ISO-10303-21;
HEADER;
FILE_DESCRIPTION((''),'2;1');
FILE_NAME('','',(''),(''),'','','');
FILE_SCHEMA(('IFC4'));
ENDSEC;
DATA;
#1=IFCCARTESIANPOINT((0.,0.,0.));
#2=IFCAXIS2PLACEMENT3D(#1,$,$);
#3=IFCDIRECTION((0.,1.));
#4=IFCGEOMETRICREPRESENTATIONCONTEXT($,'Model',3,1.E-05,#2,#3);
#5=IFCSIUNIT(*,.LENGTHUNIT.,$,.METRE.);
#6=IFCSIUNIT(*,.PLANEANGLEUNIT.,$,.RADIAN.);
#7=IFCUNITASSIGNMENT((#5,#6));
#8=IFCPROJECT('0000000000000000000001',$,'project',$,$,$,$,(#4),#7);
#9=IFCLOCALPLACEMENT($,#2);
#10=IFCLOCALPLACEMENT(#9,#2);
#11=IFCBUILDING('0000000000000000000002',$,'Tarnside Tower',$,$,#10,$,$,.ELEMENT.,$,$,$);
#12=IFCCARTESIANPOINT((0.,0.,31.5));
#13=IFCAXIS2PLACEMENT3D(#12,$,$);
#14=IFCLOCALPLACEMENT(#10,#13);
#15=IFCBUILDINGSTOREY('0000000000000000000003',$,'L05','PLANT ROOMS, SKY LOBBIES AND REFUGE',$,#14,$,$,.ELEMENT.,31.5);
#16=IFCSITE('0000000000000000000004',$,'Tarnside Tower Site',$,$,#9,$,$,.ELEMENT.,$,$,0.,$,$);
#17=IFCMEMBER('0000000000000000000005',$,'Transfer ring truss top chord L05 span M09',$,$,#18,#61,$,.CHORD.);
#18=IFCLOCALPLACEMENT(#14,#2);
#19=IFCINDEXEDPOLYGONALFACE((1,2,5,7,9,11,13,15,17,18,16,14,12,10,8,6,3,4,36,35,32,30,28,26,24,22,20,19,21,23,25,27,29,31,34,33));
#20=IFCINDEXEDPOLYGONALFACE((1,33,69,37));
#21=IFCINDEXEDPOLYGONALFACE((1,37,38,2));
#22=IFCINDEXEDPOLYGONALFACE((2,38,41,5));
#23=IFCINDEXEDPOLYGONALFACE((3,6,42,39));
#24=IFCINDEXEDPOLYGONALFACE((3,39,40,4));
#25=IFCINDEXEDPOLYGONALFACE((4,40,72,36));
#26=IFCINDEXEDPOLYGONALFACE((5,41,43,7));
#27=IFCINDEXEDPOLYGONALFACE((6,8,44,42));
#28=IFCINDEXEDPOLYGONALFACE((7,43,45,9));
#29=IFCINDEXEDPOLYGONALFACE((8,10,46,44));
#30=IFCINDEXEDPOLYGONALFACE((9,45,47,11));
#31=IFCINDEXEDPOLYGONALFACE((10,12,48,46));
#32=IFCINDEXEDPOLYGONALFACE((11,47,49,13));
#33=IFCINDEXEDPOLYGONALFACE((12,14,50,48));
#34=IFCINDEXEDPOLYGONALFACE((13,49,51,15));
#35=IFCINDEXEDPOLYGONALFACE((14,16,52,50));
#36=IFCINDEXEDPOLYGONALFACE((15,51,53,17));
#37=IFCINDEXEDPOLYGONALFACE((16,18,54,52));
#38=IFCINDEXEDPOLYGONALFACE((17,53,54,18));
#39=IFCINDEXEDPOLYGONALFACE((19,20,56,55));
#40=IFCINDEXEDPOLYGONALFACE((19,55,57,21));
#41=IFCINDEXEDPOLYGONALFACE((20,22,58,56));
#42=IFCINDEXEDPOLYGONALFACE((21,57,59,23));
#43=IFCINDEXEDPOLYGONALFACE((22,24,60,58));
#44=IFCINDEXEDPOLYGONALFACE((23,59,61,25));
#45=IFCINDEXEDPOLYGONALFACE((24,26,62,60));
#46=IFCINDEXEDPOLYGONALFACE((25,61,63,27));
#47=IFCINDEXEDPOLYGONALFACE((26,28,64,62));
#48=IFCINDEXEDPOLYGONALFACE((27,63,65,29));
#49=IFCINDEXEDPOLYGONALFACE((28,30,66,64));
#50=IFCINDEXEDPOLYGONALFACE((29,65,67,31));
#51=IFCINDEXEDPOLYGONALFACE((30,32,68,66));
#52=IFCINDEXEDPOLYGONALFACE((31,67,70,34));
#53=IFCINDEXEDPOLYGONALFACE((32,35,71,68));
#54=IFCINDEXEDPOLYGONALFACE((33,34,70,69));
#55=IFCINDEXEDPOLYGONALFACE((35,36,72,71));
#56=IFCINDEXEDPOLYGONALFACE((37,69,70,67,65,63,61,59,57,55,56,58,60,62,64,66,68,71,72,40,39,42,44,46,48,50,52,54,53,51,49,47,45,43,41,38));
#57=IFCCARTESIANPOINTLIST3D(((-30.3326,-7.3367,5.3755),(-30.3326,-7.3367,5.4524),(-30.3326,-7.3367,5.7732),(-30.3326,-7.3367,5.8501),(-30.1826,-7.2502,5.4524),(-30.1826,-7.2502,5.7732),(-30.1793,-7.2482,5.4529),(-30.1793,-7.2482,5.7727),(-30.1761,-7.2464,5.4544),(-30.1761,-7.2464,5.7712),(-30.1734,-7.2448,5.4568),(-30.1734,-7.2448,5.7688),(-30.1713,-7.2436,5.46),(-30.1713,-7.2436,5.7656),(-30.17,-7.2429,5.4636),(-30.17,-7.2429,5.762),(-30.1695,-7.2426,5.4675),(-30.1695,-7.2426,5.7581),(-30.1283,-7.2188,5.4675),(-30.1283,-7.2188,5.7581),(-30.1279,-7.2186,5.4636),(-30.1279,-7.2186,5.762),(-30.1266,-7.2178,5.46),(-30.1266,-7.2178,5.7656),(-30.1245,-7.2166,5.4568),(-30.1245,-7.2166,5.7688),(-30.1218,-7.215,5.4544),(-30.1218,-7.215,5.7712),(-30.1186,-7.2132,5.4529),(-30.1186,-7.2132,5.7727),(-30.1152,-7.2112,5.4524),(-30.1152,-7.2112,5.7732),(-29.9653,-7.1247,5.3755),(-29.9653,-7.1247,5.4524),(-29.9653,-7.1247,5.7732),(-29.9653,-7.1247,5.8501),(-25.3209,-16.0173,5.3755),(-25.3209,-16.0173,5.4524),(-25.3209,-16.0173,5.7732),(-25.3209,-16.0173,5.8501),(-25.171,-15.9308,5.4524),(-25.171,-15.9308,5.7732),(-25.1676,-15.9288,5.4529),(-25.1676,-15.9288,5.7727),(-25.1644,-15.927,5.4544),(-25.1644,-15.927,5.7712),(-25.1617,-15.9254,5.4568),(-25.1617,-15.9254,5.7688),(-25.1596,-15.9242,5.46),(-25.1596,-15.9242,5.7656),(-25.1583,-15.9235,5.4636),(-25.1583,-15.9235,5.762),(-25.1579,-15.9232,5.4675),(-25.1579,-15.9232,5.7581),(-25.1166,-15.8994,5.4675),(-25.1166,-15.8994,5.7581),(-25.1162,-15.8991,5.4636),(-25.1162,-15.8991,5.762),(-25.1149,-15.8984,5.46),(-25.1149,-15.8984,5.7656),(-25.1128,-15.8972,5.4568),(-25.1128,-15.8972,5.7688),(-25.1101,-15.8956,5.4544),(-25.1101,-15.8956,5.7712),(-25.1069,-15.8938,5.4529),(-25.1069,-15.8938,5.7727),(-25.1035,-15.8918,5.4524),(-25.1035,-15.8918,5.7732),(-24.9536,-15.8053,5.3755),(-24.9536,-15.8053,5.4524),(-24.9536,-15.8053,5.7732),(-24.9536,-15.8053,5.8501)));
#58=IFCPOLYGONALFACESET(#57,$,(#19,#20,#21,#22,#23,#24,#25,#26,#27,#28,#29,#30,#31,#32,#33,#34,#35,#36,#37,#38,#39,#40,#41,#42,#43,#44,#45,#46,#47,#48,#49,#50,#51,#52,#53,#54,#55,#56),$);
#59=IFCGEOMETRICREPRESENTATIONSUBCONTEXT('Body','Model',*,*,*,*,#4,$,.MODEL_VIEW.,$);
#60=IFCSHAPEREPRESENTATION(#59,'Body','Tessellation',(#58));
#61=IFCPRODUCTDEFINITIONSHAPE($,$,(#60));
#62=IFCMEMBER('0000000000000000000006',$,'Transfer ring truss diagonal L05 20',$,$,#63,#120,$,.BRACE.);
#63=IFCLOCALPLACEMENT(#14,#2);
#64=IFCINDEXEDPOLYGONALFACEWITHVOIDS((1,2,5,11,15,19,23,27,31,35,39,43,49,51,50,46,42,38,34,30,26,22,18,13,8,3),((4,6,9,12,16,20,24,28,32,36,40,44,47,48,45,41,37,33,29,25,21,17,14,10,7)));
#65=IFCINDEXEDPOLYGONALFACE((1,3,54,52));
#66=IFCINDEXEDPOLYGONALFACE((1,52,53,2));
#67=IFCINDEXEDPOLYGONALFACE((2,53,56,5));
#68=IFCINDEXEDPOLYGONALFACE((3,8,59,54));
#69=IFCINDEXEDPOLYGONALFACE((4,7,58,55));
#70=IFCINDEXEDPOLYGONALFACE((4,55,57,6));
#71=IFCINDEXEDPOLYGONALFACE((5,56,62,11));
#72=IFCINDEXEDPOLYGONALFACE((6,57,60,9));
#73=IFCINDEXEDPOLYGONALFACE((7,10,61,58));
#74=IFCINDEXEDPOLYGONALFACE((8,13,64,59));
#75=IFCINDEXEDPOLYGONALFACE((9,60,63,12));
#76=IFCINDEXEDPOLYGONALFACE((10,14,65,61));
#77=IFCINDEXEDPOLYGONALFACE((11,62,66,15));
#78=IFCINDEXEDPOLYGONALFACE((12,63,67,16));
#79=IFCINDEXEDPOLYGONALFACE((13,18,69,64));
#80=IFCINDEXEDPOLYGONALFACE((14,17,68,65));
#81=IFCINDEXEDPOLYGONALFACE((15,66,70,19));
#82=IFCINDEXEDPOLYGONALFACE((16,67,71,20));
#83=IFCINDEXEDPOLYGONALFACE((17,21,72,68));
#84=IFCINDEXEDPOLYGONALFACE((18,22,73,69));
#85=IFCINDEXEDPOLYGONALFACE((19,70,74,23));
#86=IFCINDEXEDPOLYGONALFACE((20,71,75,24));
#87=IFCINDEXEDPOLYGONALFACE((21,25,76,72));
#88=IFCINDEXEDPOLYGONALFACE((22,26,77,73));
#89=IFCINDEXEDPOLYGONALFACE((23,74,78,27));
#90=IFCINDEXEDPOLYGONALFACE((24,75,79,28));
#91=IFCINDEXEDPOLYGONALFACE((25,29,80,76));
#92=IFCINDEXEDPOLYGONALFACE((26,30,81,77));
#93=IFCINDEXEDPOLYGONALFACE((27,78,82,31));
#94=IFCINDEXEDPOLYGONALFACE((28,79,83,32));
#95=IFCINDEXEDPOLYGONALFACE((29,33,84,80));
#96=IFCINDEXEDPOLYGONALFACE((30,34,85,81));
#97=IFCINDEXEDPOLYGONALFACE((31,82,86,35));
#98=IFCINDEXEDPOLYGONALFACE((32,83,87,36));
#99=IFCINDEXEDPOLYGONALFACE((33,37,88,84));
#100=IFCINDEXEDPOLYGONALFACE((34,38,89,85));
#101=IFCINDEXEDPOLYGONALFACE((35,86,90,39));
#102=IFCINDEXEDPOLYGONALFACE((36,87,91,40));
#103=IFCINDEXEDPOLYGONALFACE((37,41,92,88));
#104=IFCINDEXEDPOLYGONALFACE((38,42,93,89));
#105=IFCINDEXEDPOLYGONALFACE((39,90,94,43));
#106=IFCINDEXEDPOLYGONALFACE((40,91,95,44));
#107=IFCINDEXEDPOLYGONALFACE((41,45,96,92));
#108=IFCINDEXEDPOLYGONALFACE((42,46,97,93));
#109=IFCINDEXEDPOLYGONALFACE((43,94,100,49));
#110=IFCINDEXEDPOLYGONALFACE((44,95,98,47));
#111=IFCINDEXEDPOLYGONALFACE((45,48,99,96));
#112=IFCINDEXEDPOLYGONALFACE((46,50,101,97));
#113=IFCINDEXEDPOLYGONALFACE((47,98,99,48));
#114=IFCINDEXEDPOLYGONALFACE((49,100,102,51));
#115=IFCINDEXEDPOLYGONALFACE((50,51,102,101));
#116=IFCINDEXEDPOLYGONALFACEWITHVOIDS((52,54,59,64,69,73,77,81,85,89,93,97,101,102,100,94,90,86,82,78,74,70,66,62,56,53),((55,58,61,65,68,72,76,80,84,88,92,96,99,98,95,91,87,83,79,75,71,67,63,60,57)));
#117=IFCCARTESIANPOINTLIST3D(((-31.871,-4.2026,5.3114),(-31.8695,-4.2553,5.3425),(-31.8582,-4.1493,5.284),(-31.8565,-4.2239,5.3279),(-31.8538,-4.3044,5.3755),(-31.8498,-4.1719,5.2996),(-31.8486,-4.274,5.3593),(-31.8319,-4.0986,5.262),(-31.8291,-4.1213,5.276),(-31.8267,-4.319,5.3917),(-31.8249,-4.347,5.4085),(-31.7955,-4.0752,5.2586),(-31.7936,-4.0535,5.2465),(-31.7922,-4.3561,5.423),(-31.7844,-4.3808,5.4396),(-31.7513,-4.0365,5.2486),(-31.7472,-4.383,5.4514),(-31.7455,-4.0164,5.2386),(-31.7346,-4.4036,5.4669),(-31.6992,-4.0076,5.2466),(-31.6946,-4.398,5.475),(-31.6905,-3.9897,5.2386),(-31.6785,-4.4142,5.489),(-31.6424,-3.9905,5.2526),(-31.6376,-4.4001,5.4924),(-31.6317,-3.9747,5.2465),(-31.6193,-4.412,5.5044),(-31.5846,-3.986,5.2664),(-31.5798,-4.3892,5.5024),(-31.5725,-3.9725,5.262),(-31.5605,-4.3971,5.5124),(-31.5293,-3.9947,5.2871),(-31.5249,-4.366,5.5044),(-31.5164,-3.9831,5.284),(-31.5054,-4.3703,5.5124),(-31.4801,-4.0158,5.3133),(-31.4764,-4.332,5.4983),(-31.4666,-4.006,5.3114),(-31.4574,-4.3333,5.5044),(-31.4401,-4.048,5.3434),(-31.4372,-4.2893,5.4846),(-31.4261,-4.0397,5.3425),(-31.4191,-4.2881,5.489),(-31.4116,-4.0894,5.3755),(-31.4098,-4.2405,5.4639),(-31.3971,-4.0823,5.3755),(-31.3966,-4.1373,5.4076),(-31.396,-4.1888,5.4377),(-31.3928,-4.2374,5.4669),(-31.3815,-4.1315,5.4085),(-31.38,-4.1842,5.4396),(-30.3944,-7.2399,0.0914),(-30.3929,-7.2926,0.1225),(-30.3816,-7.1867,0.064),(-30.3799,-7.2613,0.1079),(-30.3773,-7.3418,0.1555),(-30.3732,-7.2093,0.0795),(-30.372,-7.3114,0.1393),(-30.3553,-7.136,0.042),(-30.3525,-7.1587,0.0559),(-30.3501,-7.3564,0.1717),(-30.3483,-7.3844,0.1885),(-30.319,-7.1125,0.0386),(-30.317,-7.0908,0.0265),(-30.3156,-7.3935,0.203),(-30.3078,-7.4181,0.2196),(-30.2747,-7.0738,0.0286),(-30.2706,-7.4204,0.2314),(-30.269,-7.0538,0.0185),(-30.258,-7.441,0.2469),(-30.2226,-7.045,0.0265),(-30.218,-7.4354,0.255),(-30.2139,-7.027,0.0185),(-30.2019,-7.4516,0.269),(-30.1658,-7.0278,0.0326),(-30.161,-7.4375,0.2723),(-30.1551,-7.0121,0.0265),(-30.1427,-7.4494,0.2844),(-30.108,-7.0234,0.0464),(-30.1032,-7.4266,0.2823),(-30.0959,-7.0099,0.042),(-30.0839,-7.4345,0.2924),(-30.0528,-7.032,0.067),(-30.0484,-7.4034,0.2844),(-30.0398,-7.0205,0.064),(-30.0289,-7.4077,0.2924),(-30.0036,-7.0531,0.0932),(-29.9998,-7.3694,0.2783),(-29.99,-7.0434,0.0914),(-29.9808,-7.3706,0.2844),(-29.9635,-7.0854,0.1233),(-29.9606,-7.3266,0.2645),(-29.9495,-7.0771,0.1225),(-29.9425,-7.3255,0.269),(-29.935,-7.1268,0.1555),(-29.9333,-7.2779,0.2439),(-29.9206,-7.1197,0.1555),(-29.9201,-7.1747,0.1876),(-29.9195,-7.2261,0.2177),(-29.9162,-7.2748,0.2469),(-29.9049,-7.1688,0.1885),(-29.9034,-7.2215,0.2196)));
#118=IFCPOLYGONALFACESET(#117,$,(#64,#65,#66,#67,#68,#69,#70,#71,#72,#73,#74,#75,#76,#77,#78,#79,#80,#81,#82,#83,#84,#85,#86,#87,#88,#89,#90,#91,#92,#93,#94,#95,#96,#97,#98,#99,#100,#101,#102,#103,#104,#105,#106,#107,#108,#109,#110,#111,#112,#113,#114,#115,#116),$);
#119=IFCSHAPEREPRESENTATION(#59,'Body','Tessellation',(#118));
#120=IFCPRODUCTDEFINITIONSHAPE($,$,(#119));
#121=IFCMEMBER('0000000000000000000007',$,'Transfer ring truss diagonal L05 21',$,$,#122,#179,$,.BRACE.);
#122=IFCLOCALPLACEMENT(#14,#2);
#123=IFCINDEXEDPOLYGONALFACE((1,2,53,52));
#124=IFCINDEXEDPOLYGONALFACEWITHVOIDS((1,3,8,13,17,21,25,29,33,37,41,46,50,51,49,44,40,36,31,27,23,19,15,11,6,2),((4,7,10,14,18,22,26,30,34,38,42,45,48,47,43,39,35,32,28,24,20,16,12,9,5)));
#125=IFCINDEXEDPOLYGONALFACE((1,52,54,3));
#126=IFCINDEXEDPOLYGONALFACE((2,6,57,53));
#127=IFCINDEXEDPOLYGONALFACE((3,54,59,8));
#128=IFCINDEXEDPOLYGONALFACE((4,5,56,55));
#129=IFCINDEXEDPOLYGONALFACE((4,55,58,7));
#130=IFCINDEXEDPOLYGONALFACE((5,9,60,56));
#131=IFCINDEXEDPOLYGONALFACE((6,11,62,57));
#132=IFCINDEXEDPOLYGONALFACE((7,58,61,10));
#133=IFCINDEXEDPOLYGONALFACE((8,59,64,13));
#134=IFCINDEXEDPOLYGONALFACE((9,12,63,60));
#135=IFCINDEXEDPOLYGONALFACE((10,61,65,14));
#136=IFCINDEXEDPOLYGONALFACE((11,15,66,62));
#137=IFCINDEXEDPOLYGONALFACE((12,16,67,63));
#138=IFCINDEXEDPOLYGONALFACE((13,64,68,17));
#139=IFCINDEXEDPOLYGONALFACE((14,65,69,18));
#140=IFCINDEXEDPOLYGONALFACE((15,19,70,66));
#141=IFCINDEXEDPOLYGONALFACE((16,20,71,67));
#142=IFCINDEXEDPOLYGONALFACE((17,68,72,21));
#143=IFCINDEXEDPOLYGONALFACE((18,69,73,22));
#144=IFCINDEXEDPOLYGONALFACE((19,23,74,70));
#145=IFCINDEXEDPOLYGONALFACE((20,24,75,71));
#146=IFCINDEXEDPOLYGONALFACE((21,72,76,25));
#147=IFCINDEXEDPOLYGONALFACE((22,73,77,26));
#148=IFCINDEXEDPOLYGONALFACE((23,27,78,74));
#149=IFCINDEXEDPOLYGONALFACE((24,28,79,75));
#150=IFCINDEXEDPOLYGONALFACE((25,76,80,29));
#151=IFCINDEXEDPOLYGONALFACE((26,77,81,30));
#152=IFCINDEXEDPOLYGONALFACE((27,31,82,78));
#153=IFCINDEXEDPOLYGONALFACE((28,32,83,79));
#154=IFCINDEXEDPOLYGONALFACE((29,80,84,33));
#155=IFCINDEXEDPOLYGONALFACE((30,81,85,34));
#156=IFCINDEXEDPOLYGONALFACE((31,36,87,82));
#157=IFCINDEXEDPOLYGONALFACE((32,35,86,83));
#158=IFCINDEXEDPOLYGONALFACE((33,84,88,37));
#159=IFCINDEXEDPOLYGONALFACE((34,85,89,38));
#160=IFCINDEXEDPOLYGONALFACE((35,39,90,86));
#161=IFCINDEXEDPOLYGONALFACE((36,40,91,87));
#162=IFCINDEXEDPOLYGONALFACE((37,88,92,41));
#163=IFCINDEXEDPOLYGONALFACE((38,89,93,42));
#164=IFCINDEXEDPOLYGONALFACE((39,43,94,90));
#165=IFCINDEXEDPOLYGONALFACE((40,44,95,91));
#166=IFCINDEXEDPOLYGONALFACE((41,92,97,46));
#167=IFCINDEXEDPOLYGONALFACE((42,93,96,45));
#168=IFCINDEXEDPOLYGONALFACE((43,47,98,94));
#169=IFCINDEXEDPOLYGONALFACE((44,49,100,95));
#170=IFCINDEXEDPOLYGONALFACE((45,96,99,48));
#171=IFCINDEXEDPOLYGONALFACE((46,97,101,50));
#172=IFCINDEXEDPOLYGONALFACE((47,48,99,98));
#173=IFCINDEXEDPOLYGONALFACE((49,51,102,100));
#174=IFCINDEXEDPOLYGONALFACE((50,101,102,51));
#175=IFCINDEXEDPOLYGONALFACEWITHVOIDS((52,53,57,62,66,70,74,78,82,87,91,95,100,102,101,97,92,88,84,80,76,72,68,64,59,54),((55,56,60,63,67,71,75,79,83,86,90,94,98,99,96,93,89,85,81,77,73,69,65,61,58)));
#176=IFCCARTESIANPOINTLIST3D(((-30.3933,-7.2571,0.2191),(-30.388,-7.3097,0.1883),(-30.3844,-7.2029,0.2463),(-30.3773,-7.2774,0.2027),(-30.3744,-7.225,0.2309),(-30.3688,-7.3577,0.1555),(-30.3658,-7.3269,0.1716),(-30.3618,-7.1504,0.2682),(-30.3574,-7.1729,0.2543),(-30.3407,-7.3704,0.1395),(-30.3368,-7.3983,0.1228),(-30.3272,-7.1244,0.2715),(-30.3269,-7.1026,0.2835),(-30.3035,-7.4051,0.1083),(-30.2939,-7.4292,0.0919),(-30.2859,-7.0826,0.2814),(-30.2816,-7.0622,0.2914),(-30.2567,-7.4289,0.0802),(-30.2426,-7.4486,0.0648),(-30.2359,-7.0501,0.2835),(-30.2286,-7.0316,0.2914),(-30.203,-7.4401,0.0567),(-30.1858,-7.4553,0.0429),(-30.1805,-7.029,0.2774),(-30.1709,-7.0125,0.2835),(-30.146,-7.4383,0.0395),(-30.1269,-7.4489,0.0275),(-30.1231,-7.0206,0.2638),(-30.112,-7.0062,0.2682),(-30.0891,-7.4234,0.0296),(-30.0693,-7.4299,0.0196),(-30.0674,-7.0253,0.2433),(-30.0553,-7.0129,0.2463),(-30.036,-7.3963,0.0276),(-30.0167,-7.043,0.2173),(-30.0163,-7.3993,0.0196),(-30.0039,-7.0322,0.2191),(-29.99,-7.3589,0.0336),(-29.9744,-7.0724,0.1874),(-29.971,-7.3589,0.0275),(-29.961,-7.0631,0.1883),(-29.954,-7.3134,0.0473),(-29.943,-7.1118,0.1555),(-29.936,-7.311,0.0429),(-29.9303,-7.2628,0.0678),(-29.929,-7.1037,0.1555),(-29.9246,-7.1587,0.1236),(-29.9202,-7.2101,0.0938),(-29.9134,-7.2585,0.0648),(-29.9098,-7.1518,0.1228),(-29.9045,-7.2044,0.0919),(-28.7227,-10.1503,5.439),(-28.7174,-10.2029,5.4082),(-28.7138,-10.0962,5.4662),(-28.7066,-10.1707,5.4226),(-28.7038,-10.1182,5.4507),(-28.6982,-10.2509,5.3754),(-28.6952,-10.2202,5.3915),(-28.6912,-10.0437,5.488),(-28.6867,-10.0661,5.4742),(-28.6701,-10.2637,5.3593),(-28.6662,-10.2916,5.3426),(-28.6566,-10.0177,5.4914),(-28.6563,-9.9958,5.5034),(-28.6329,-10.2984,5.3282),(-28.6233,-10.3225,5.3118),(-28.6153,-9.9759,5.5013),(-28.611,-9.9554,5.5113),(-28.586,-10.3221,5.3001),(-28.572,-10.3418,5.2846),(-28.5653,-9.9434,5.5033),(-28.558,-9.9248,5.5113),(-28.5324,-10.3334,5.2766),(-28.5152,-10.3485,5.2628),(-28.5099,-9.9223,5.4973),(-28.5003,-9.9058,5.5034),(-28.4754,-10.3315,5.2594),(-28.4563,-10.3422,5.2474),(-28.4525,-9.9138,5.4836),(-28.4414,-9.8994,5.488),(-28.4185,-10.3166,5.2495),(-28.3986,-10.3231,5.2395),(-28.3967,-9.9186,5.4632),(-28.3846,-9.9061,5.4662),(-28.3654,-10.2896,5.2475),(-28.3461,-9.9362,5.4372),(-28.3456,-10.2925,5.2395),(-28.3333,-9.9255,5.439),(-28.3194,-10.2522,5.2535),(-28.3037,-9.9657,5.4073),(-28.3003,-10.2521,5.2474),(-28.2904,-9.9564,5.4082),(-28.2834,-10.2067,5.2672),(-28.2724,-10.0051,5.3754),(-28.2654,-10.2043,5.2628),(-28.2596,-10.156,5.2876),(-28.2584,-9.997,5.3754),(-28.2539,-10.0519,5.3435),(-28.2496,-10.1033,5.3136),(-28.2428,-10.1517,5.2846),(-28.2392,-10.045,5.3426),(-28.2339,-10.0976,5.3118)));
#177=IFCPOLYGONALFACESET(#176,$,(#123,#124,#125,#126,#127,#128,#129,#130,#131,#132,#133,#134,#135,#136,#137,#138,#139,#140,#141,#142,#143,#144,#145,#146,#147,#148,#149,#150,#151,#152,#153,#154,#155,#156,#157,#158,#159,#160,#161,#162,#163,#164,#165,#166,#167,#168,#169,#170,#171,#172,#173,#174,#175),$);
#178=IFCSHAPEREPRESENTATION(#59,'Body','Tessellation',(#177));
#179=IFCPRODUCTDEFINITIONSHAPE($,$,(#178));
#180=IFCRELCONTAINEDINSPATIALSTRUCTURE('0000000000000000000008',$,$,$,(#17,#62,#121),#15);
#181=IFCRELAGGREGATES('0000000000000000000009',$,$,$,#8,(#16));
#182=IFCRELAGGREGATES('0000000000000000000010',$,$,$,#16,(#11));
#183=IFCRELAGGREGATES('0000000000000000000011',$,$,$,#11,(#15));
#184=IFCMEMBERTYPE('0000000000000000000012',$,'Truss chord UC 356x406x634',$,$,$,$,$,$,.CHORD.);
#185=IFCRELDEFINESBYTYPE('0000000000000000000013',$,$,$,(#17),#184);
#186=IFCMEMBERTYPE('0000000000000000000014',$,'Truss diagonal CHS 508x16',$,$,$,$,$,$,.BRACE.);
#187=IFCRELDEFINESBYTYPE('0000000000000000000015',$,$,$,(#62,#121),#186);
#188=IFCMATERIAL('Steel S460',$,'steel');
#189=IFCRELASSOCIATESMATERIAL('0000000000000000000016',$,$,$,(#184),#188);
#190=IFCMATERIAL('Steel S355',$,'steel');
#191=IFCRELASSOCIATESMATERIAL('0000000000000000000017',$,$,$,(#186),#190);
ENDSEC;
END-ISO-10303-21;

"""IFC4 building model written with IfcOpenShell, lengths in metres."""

from ifc_helpers import new_model, si_unit, direction, frame, origin, origin_2d, place, context, subcontext, project, spatial, hollow_circle, i_section, extrude, material, material_profile, profile_set, type_object, element, save


model = new_model("IFC4")

# Units and contexts
model_context = context("Model", 3, precision=1e-05, world=origin(), true_north=direction((0.0, 1.0)))
body_context = subcontext(model_context, "Body", "Model", "MODEL_VIEW")
ifc_project = project(units=[si_unit("LENGTHUNIT", "METRE"), si_unit("PLANEANGLEUNIT", "RADIAN")], contexts=[model_context])

# Site, building, storey
site_placement = place(None, origin())
site = spatial("IfcSite", under=ifc_project, at=site_placement, Name="Tarnside Tower Site", CompositionType="ELEMENT", RefElevation=0.0)
building_placement = place(site_placement, origin())
building = spatial("IfcBuilding", under=site, at=building_placement, Name="Tarnside Tower", CompositionType="ELEMENT")
storey_placement = place(building_placement, frame((0.0, 0.0, 31.5)))
storey = spatial("IfcBuildingStorey", under=building, at=storey_placement, Name="L05", Description="PLANT ROOMS, SKY LOBBIES AND REFUGE", CompositionType="ELEMENT", Elevation=31.5)

# Shared definitions
ifc_material_1 = material(Name="Steel S355", Category="steel")

# Members
ifc_material_2 = material(Name="Steel S460", Category="steel")
ifc_material_profile_1 = material_profile(ifc_material_2, i_section(OverallWidth=0.4241, OverallDepth=0.4746, WebThickness=0.0476, FlangeThickness=0.0769, FilletRadius=0.0151, at=origin_2d()), Name="UC 356x406x634")
ifc_profile_set_1 = profile_set([ifc_material_profile_1], Name="Steel S460")
member_type_1 = type_object("IfcMemberType", Name="Truss chord UC 356x406x634", PredefinedType="CHORD", material=ifc_profile_set_1)
member_1_placement = place(storey_placement, frame((-30.1489, -7.2307, 5.6128), z_axis=(0.499995, -0.866028, 0.0), x_axis=(0.866028, 0.499995, 0.0)))
element("IfcMember", 1, at=member_1_placement, inside=storey, type_object=member_type_1, Name="Transfer ring truss top chord L05 span M09", PredefinedType="CHORD", context=body_context, shape_type="SweptSolid", body=[
    extrude(i_section(OverallWidth=0.4241, OverallDepth=0.4746, WebThickness=0.0476, FlangeThickness=0.0769, FilletRadius=0.0151, at=origin_2d()), origin(), (0.0, 0.0, 1.0), 10.0234),
])
ifc_material_profile_2 = material_profile(ifc_material_1, hollow_circle(Radius=0.2539, WallThickness=0.0161, at=origin_2d()), Name="CHS 508x16")
ifc_profile_set_2 = profile_set([ifc_material_profile_2], Name="Steel S355")
member_type_2 = type_object("IfcMemberType", Name="Truss diagonal CHS 508x16", PredefinedType="BRACE", material=ifc_profile_set_2)
member_2_placement = place(storey_placement, frame((-31.6255, -4.1934, 5.3755), z_axis=(0.237496, -0.488539, -0.839599), x_axis=(0.89936, 0.43721, 0.0)))
element("IfcMember", 2, at=member_2_placement, inside=storey, type_object=member_type_2, Name="Transfer ring truss diagonal L05 20", PredefinedType="BRACE", context=body_context, shape_type="SweptSolid", body=[
    extrude(hollow_circle(Radius=0.2539, WallThickness=0.0161, at=origin_2d()), origin(), (0.0, 0.0, 1.0), 6.2173),
])
member_3_placement = place(storey_placement, frame((-30.1489, -7.2307, 0.1555), z_axis=(0.269564, -0.466843, 0.842255), x_axis=(0.865999, 0.500045, 0.0)))
element("IfcMember", 3, at=member_3_placement, inside=storey, type_object=member_type_2, Name="Transfer ring truss diagonal L05 21", PredefinedType="BRACE", context=body_context, shape_type="SweptSolid", body=[
    extrude(hollow_circle(Radius=0.2539, WallThickness=0.0161, at=origin_2d()), origin(), (0.0, 0.0, 1.0), 6.1975),
])

save(model, "model.ifc")
